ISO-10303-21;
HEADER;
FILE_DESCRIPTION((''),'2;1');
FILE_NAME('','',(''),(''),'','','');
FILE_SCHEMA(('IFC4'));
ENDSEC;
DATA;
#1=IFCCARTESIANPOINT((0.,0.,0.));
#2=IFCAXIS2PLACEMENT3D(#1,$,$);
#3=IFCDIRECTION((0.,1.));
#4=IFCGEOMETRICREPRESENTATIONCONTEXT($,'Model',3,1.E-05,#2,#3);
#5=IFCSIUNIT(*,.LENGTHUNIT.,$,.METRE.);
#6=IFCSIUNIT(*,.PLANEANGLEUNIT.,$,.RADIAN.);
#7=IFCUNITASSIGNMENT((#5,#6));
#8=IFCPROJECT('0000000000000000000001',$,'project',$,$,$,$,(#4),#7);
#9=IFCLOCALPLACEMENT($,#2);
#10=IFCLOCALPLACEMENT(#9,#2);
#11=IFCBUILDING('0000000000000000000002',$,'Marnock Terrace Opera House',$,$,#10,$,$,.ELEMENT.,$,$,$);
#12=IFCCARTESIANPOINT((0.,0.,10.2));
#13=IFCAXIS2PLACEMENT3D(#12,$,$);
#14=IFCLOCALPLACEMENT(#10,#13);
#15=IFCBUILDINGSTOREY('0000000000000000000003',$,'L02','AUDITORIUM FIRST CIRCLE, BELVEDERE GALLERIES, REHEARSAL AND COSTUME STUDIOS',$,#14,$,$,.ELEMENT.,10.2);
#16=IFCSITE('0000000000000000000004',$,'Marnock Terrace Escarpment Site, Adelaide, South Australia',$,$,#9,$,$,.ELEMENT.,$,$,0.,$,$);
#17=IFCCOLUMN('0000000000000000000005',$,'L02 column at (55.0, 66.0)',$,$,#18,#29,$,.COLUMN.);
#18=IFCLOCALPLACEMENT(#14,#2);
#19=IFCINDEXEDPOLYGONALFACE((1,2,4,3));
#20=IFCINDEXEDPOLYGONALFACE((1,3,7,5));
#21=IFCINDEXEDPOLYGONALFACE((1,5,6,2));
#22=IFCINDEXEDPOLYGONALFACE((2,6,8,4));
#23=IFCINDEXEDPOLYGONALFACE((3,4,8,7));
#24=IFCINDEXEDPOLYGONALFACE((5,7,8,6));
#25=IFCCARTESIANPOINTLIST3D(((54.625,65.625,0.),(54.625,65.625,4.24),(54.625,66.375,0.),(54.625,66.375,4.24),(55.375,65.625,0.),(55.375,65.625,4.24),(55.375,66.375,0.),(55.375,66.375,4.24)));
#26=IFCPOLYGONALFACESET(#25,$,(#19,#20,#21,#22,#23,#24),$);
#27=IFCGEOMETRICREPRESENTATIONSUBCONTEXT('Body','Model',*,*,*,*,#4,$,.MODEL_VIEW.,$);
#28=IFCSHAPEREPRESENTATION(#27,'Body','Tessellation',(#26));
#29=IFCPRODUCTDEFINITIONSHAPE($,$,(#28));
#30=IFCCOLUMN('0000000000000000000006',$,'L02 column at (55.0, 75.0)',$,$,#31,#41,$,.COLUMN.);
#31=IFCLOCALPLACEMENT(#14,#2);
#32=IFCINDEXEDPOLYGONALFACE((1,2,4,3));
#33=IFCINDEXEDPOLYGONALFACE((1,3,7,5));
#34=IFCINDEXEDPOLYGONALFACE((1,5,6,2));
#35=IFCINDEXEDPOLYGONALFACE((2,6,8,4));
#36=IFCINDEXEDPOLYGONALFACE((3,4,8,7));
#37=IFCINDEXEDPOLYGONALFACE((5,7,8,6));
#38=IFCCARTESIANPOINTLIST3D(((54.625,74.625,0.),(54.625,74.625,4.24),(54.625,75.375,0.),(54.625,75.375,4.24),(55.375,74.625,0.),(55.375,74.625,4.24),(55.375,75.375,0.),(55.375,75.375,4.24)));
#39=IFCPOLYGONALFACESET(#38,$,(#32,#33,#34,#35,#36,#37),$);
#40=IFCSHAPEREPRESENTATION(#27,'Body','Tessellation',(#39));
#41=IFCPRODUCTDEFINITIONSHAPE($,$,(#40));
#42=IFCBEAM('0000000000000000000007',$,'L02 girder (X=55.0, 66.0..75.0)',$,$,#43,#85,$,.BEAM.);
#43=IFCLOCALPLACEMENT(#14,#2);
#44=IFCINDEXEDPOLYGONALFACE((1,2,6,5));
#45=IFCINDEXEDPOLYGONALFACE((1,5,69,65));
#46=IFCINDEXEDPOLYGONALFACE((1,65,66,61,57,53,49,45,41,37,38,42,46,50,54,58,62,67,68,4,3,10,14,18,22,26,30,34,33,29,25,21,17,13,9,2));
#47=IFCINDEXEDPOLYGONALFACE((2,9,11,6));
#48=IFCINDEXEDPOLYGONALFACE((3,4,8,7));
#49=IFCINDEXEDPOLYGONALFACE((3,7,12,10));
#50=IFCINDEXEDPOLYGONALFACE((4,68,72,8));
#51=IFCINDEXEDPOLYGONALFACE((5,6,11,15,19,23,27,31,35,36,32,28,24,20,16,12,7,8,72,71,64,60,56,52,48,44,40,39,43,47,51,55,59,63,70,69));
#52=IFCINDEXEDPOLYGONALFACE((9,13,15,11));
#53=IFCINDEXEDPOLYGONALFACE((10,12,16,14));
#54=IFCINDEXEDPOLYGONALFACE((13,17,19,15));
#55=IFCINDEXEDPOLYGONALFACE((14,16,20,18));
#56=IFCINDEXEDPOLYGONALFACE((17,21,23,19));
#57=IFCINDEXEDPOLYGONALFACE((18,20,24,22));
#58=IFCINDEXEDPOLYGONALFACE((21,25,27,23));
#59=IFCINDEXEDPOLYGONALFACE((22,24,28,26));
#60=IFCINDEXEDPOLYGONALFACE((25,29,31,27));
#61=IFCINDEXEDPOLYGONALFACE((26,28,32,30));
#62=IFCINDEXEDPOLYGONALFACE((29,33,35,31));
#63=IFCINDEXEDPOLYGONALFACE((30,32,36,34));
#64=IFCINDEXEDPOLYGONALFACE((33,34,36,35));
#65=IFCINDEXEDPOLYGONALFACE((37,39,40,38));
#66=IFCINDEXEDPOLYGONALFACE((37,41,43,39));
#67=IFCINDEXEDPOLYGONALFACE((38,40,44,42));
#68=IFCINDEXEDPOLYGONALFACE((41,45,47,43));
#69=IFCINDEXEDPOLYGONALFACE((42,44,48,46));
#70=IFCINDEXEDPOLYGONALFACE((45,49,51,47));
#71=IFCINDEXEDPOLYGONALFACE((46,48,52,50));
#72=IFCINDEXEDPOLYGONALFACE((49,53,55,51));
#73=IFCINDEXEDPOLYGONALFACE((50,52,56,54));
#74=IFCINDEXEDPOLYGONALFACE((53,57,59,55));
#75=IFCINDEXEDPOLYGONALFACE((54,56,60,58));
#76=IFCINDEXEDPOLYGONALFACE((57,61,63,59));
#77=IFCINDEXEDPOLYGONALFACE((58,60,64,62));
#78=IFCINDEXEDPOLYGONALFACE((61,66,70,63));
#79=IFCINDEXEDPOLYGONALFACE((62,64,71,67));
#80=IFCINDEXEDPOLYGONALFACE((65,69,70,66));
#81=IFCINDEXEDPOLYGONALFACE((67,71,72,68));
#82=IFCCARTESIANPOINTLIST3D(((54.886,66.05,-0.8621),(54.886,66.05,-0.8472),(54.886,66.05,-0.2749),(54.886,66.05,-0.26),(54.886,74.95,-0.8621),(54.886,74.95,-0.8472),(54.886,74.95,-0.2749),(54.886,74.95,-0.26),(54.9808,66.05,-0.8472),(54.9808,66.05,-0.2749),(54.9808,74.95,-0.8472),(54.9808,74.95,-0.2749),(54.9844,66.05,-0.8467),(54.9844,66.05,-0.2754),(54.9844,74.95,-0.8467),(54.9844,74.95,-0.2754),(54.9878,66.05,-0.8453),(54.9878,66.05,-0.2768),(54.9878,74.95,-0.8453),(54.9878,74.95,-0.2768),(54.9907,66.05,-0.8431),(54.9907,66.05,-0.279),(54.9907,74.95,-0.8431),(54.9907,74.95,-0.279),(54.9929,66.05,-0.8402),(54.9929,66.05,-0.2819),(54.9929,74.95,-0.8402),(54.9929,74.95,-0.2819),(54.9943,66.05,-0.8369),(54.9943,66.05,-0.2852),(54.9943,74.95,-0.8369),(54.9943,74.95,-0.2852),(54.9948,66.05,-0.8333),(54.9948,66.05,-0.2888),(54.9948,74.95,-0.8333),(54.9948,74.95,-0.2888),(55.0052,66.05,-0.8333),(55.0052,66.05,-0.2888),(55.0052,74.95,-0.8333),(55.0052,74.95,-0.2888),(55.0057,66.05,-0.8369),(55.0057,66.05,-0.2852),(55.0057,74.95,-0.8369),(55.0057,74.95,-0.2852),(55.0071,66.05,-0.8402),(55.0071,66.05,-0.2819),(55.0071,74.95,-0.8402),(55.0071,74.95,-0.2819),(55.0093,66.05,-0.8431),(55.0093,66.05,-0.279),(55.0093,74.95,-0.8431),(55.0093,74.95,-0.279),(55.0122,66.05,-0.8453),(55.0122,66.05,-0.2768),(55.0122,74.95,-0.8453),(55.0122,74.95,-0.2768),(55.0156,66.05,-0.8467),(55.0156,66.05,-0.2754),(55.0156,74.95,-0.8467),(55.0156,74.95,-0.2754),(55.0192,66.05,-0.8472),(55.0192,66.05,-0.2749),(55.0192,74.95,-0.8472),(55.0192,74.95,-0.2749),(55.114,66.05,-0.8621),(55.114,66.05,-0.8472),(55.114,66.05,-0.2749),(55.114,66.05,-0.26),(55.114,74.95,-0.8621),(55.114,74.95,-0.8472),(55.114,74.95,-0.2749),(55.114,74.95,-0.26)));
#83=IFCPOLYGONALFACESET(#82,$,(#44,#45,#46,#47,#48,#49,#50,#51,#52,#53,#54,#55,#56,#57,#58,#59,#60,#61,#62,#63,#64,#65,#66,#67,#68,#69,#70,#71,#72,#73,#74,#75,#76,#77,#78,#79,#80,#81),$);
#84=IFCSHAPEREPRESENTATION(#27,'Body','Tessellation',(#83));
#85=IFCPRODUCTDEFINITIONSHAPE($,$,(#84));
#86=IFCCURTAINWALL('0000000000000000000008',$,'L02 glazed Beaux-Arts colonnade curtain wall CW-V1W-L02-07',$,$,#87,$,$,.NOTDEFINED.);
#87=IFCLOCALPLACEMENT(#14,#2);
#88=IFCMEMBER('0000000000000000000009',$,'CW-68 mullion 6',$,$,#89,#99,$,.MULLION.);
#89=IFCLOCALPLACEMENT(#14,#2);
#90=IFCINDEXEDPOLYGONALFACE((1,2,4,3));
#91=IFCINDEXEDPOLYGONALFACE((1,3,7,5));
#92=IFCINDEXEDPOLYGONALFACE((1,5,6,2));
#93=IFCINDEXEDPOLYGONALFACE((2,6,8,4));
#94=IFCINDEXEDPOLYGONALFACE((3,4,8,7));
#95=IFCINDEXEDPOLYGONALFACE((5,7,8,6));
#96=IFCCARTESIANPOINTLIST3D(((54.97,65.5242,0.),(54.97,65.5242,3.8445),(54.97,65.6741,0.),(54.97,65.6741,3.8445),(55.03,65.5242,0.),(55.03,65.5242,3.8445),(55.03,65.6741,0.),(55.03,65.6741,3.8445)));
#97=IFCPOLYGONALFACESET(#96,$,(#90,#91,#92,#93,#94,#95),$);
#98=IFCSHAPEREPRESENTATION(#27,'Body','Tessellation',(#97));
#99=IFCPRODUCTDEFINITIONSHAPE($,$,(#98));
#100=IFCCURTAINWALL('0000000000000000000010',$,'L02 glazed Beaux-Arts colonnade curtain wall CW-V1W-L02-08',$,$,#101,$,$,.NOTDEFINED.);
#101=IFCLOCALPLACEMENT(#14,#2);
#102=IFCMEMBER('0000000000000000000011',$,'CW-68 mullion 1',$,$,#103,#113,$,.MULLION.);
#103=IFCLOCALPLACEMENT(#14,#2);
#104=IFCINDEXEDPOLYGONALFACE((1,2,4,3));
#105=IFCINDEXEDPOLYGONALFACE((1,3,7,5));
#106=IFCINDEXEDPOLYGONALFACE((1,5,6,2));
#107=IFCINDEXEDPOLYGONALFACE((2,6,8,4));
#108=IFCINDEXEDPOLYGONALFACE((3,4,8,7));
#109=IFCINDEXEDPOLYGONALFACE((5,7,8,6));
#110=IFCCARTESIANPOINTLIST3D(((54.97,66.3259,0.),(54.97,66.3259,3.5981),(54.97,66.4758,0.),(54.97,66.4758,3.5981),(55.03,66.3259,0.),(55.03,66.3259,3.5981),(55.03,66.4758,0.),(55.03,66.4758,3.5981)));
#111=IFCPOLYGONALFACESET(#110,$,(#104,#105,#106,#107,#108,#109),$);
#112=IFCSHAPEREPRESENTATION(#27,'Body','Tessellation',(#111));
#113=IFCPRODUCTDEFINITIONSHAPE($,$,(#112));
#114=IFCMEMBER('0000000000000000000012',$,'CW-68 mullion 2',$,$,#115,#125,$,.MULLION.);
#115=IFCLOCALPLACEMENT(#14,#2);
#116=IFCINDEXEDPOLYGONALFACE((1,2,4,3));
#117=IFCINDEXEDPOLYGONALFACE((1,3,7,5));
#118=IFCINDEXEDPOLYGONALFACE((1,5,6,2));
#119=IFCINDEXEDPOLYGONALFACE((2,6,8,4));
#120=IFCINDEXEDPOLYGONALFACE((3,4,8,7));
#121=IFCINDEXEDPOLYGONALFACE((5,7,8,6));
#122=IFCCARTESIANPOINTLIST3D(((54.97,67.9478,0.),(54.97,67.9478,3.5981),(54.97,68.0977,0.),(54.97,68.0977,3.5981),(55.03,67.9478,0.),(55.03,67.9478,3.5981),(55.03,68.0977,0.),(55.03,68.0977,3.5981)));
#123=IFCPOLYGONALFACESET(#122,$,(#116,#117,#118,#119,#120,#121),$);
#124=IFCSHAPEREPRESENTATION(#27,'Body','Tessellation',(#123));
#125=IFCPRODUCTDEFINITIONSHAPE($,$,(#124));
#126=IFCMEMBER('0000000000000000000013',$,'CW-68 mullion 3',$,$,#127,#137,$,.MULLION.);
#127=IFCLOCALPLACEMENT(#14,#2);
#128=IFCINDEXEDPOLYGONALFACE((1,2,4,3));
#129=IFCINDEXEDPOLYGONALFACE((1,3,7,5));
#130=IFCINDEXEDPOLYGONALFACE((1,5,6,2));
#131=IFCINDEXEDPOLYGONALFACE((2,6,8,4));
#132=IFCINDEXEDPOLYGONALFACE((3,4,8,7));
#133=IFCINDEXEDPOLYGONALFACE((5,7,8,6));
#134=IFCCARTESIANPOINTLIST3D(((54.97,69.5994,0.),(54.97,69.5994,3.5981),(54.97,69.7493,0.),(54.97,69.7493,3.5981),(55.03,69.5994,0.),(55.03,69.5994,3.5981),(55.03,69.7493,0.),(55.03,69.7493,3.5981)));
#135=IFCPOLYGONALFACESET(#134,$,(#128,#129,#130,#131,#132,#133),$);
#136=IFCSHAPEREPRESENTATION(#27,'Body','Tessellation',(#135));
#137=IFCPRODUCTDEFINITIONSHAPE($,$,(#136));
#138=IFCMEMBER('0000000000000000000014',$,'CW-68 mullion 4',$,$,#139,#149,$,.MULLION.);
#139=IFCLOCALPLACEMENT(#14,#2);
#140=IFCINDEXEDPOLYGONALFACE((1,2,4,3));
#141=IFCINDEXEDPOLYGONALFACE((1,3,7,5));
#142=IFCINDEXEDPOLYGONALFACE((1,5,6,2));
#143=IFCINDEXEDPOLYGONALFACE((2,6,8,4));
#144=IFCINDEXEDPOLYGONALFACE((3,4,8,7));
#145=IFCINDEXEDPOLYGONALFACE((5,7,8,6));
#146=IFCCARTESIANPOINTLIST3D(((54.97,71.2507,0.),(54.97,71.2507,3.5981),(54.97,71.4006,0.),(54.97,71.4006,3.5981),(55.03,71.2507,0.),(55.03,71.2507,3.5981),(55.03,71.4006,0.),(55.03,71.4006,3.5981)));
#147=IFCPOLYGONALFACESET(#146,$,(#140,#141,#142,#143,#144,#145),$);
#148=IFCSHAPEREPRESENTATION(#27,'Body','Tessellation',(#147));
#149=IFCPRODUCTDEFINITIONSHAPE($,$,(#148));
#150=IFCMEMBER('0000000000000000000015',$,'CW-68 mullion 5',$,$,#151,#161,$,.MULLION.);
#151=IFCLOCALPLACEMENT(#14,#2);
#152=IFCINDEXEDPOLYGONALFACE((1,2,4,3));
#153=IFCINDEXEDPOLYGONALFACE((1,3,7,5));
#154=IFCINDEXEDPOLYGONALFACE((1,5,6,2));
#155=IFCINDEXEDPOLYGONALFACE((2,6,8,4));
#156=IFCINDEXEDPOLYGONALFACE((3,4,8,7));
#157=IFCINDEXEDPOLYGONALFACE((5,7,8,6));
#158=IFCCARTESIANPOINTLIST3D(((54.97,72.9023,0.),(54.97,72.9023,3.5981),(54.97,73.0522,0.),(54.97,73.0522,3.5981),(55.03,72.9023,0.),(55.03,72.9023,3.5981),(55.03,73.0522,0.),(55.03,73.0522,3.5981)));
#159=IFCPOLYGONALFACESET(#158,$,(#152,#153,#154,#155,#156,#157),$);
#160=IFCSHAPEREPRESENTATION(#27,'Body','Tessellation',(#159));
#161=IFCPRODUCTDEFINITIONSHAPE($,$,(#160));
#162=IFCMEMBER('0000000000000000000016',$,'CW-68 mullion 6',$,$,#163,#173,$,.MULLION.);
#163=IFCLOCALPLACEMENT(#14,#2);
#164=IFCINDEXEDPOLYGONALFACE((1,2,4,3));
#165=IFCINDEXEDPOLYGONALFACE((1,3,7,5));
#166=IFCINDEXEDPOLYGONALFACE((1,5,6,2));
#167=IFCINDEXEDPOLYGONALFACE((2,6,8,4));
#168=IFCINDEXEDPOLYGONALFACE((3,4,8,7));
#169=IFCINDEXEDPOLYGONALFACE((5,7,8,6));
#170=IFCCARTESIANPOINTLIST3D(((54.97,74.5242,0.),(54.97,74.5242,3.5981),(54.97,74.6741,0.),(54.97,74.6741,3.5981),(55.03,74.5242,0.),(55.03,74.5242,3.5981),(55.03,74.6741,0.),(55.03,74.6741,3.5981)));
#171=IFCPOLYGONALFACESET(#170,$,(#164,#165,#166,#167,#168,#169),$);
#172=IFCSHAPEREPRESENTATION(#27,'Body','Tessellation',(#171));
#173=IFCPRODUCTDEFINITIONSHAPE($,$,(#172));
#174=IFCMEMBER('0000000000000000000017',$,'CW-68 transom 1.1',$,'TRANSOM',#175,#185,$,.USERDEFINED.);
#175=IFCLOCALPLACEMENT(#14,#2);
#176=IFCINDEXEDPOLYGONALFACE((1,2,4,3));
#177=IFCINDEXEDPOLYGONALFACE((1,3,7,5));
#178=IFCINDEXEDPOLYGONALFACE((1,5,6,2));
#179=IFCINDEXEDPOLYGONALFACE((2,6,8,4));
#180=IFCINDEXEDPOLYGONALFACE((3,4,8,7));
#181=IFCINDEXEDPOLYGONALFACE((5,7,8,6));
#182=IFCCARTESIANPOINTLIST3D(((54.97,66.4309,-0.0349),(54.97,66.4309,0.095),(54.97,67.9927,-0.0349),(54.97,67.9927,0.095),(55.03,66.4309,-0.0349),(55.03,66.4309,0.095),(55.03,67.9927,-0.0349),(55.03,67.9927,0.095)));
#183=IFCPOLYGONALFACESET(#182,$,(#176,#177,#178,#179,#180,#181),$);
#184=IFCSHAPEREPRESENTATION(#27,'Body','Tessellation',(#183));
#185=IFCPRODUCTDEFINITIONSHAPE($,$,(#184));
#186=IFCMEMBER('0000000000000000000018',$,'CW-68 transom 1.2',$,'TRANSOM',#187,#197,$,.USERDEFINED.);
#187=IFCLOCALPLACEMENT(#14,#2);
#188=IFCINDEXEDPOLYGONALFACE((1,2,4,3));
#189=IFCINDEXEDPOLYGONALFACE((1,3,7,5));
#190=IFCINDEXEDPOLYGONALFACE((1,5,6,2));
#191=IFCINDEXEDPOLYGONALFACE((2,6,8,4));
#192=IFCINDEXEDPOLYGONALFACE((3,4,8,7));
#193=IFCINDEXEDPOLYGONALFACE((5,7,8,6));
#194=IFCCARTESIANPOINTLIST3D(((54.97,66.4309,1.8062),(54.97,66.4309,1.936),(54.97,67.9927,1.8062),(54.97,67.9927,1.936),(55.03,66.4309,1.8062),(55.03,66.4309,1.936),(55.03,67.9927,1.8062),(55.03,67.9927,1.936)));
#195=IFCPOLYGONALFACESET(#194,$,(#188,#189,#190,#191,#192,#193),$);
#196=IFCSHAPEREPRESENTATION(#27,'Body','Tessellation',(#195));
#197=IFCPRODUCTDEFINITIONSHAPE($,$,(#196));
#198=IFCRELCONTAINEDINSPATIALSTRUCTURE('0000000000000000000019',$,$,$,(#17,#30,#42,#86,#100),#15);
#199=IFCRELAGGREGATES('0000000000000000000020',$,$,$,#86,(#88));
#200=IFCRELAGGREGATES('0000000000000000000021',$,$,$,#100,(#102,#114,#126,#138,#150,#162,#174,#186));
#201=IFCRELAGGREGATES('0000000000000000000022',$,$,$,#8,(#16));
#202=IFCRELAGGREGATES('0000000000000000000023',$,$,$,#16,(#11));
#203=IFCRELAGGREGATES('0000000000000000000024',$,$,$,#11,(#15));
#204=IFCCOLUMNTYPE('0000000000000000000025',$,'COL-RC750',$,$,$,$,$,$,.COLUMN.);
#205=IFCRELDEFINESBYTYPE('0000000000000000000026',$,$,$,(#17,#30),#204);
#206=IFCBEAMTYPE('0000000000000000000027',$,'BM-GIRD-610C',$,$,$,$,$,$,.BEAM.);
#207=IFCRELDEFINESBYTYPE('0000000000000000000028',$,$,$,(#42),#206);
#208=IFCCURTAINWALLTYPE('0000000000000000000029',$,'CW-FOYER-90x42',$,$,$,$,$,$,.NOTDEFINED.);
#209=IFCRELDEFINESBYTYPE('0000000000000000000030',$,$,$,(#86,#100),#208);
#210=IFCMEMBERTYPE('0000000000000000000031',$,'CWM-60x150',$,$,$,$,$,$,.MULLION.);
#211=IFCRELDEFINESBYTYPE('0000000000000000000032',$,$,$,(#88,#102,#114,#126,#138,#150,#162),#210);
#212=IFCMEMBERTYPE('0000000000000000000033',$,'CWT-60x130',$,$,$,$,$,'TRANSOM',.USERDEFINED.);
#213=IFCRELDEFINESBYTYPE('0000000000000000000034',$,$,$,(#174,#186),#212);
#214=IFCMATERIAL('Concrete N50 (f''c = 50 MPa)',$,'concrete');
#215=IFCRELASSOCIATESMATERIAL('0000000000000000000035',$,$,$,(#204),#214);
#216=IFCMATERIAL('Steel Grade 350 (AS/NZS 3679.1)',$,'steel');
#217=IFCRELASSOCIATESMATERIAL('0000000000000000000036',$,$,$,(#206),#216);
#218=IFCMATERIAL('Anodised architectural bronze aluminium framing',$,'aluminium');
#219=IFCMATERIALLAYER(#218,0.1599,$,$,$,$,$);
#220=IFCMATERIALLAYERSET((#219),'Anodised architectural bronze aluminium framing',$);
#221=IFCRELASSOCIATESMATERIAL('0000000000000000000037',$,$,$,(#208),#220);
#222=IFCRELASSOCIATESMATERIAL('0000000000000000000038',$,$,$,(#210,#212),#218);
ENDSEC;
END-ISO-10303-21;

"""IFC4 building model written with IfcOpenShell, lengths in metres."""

from ifc_helpers import new_model, si_unit, direction, frame, origin, origin_2d, place, context, subcontext, project, spatial, rectangle, i_section, extrude, material, layer, layer_set, material_profile, profile_set, type_object, element, aggregate, save


model = new_model("IFC4")

# Units and contexts
model_context = context("Model", 3, precision=1e-05, world=origin(), true_north=direction((0.0, 1.0)))
body_context = subcontext(model_context, "Body", "Model", "MODEL_VIEW")
ifc_project = project(units=[si_unit("LENGTHUNIT", "METRE"), si_unit("PLANEANGLEUNIT", "RADIAN")], contexts=[model_context])

# Site, building, storey
site_placement = place(None, origin())
site = spatial("IfcSite", under=ifc_project, at=site_placement, Name="Marnock Terrace Escarpment Site, Adelaide, South Australia", CompositionType="ELEMENT", RefElevation=0.0)
building_placement = place(site_placement, origin())
building = spatial("IfcBuilding", under=site, at=building_placement, Name="Marnock Terrace Opera House", CompositionType="ELEMENT")
storey_placement = place(building_placement, frame((0.0, 0.0, 10.2)))
storey = spatial("IfcBuildingStorey", under=building, at=storey_placement, Name="L02", Description="AUDITORIUM FIRST CIRCLE, BELVEDERE GALLERIES, REHEARSAL AND COSTUME STUDIOS", CompositionType="ELEMENT", Elevation=10.2)

# Columns
ifc_material_1 = material(Name="Concrete N50 (f'c = 50 MPa)", Category="concrete")
ifc_material_profile_1 = material_profile(ifc_material_1, rectangle(XDim=0.75, YDim=0.75, at=origin_2d()))
ifc_profile_set_1 = profile_set([ifc_material_profile_1], Name="Concrete N50 (f'c = 50 MPa)")
column_type = type_object("IfcColumnType", Name="COL-RC750", PredefinedType="COLUMN", material=ifc_profile_set_1)
for number, where, z_axis, x_axis, name in (
    (1, (55.0, 66.0, 0.0), (0.0, 0.0, 1.0), (1.0, 0.0, 0.0), "L02 column at (55.0, 66.0)"),
    (2, (55.0, 75.0, 0.0), (0.0, 0.0, 1.0), (1.0, 0.0, 0.0), "L02 column at (55.0, 75.0)"),
):
    element("IfcColumn", number, at=place(storey_placement, frame(where, z_axis=z_axis, x_axis=x_axis)), inside=storey, type_object=column_type, Name=name, PredefinedType="COLUMN", context=body_context, shape_type="SweptSolid", body=[
        extrude(rectangle(XDim=0.75, YDim=0.75, at=origin_2d()), origin(), (0.0, 0.0, 1.0), 4.24),
    ])

# Beam
ifc_material_2 = material(Name="Steel Grade 350 (AS/NZS 3679.1)", Category="steel")
ifc_material_profile_2 = material_profile(ifc_material_2, i_section(OverallWidth=0.228, OverallDepth=0.6021, WebThickness=0.0105, FlangeThickness=0.0149, FilletRadius=0.0139, at=origin_2d()))
ifc_profile_set_2 = profile_set([ifc_material_profile_2], Name="Steel Grade 350 (AS/NZS 3679.1)")
beam_type = type_object("IfcBeamType", Name="BM-GIRD-610C", PredefinedType="BEAM", material=ifc_profile_set_2)
beam_placement = place(storey_placement, frame((55.0, 66.05, -0.561), z_axis=(0.0, 1.0, 0.0), x_axis=(-1.0, 0.0, 0.0)))
element("IfcBeam", 3, at=beam_placement, inside=storey, type_object=beam_type, Name="L02 girder (X=55.0, 66.0..75.0)", PredefinedType="BEAM", context=body_context, shape_type="SweptSolid", body=[
    extrude(i_section(OverallWidth=0.228, OverallDepth=0.6021, WebThickness=0.0105, FlangeThickness=0.0149, FilletRadius=0.0139, at=origin_2d()), origin(), (0.0, 0.0, 1.0), 8.8999),
])

# Curtain wall, member
ifc_material_3 = material(Name="Anodised architectural bronze aluminium framing", Category="aluminium")
ifc_layer_1 = layer(ifc_material_3, 0.1599)
ifc_layer_set_1 = layer_set([ifc_layer_1], Name="Anodised architectural bronze aluminium framing")
curtain_wall_type = type_object("IfcCurtainWallType", Name="CW-FOYER-90x42", PredefinedType="NOTDEFINED", material=ifc_layer_set_1)
curtain_wall_1_placement = place(storey_placement, origin())
curtain_wall_1 = element("IfcCurtainWall", 4, at=curtain_wall_1_placement, inside=storey, type_object=curtain_wall_type, Name="L02 glazed Beaux-Arts colonnade curtain wall CW-V1W-L02-07", PredefinedType="NOTDEFINED")
ifc_material_profile_3 = material_profile(ifc_material_3, rectangle(XDim=0.0601, YDim=0.1499, at=origin_2d()))
ifc_profile_set_3 = profile_set([ifc_material_profile_3], Name="Anodised architectural bronze aluminium framing")
member_type_1 = type_object("IfcMemberType", Name="CWM-60x150", PredefinedType="MULLION", material=ifc_profile_set_3)
member_1_placement = place(storey_placement, frame((55.0, 65.5991, 0.0), z_axis=(0.0, 0.0, 1.0), x_axis=(-1.0, 0.0, 0.0)))
member_1 = element("IfcMember", 5, at=member_1_placement, type_object=member_type_1, Name="CW-68 mullion 6", PredefinedType="MULLION", context=body_context, shape_type="SweptSolid", body=[
    extrude(rectangle(XDim=0.0601, YDim=0.1499, at=origin_2d()), origin(), (0.0, 0.0, 1.0), 3.8445),
])
aggregate(curtain_wall_1, [member_1])

# Curtain wall, members
curtain_wall_2_placement = place(storey_placement, origin())
curtain_wall_2 = element("IfcCurtainWall", 6, at=curtain_wall_2_placement, inside=storey, type_object=curtain_wall_type, Name="L02 glazed Beaux-Arts colonnade curtain wall CW-V1W-L02-08", PredefinedType="NOTDEFINED")
member_2_placement = place(storey_placement, frame((55.0, 66.4009, 0.0), z_axis=(0.0, 0.0, 1.0), x_axis=(-1.0, 0.0, 0.0)))
member_2 = element("IfcMember", 7, at=member_2_placement, type_object=member_type_1, Name="CW-68 mullion 1", PredefinedType="MULLION", context=body_context, shape_type="SweptSolid", body=[
    extrude(rectangle(XDim=0.0601, YDim=0.1499, at=origin_2d()), origin(), (0.0, 0.0, 1.0), 3.5981),
])
member_3_placement = place(storey_placement, frame((55.0, 68.0227, 0.0), z_axis=(0.0, 0.0, 1.0), x_axis=(-1.0, 0.0, 0.0)))
member_3 = element("IfcMember", 8, at=member_3_placement, type_object=member_type_1, Name="CW-68 mullion 2", PredefinedType="MULLION", context=body_context, shape_type="SweptSolid", body=[
    extrude(rectangle(XDim=0.0601, YDim=0.1499, at=origin_2d()), origin(), (0.0, 0.0, 1.0), 3.5981),
])
member_4_placement = place(storey_placement, frame((55.0, 69.6743, 0.0), z_axis=(0.0, 0.0, 1.0), x_axis=(-1.0, 0.0, 0.0)))
member_4 = element("IfcMember", 9, at=member_4_placement, type_object=member_type_1, Name="CW-68 mullion 3", PredefinedType="MULLION", context=body_context, shape_type="SweptSolid", body=[
    extrude(rectangle(XDim=0.0601, YDim=0.1499, at=origin_2d()), origin(), (0.0, 0.0, 1.0), 3.5981),
])
member_5_placement = place(storey_placement, frame((55.0, 71.3257, 0.0), z_axis=(0.0, 0.0, 1.0), x_axis=(-1.0, 0.0, 0.0)))
member_5 = element("IfcMember", 10, at=member_5_placement, type_object=member_type_1, Name="CW-68 mullion 4", PredefinedType="MULLION", context=body_context, shape_type="SweptSolid", body=[
    extrude(rectangle(XDim=0.0601, YDim=0.1499, at=origin_2d()), origin(), (0.0, 0.0, 1.0), 3.5981),
])
member_6_placement = place(storey_placement, frame((55.0, 72.9773, 0.0), z_axis=(0.0, 0.0, 1.0), x_axis=(-1.0, 0.0, 0.0)))
member_6 = element("IfcMember", 11, at=member_6_placement, type_object=member_type_1, Name="CW-68 mullion 5", PredefinedType="MULLION", context=body_context, shape_type="SweptSolid", body=[
    extrude(rectangle(XDim=0.0601, YDim=0.1499, at=origin_2d()), origin(), (0.0, 0.0, 1.0), 3.5981),
])
member_7_placement = place(storey_placement, frame((55.0, 74.5991, 0.0), z_axis=(0.0, 0.0, 1.0), x_axis=(-1.0, 0.0, 0.0)))
member_7 = element("IfcMember", 12, at=member_7_placement, type_object=member_type_1, Name="CW-68 mullion 6", PredefinedType="MULLION", context=body_context, shape_type="SweptSolid", body=[
    extrude(rectangle(XDim=0.0601, YDim=0.1499, at=origin_2d()), origin(), (0.0, 0.0, 1.0), 3.5981),
])
ifc_material_profile_4 = material_profile(ifc_material_3, rectangle(XDim=0.0601, YDim=0.1299, at=origin_2d()))
ifc_profile_set_4 = profile_set([ifc_material_profile_4], Name="Anodised architectural bronze aluminium framing")
member_type_2 = type_object("IfcMemberType", Name="CWT-60x130", ElementType="TRANSOM", PredefinedType="USERDEFINED", material=ifc_profile_set_4)
member_8_placement = place(storey_placement, frame((55.0, 66.4309, 0.03), z_axis=(0.0, 1.0, 0.0), x_axis=(-1.0, 0.0, 0.0)))
member_8 = element("IfcMember", 13, at=member_8_placement, type_object=member_type_2, Name="CW-68 transom 1.1", ObjectType="TRANSOM", PredefinedType="USERDEFINED", context=body_context, shape_type="SweptSolid", body=[
    extrude(rectangle(XDim=0.0601, YDim=0.1299, at=origin_2d()), origin(), (0.0, 0.0, 1.0), 1.5618),
])
member_9_placement = place(storey_placement, frame((55.0, 66.4309, 1.8711), z_axis=(0.0, 1.0, 0.0), x_axis=(-1.0, 0.0, 0.0)))
member_9 = element("IfcMember", 14, at=member_9_placement, type_object=member_type_2, Name="CW-68 transom 1.2", ObjectType="TRANSOM", PredefinedType="USERDEFINED", context=body_context, shape_type="SweptSolid", body=[
    extrude(rectangle(XDim=0.0601, YDim=0.1299, at=origin_2d()), origin(), (0.0, 0.0, 1.0), 1.5618),
])
aggregate(curtain_wall_2, [member_2, member_3, member_4, member_5, member_6, member_7, member_8, member_9])

save(model, "model.ifc")
